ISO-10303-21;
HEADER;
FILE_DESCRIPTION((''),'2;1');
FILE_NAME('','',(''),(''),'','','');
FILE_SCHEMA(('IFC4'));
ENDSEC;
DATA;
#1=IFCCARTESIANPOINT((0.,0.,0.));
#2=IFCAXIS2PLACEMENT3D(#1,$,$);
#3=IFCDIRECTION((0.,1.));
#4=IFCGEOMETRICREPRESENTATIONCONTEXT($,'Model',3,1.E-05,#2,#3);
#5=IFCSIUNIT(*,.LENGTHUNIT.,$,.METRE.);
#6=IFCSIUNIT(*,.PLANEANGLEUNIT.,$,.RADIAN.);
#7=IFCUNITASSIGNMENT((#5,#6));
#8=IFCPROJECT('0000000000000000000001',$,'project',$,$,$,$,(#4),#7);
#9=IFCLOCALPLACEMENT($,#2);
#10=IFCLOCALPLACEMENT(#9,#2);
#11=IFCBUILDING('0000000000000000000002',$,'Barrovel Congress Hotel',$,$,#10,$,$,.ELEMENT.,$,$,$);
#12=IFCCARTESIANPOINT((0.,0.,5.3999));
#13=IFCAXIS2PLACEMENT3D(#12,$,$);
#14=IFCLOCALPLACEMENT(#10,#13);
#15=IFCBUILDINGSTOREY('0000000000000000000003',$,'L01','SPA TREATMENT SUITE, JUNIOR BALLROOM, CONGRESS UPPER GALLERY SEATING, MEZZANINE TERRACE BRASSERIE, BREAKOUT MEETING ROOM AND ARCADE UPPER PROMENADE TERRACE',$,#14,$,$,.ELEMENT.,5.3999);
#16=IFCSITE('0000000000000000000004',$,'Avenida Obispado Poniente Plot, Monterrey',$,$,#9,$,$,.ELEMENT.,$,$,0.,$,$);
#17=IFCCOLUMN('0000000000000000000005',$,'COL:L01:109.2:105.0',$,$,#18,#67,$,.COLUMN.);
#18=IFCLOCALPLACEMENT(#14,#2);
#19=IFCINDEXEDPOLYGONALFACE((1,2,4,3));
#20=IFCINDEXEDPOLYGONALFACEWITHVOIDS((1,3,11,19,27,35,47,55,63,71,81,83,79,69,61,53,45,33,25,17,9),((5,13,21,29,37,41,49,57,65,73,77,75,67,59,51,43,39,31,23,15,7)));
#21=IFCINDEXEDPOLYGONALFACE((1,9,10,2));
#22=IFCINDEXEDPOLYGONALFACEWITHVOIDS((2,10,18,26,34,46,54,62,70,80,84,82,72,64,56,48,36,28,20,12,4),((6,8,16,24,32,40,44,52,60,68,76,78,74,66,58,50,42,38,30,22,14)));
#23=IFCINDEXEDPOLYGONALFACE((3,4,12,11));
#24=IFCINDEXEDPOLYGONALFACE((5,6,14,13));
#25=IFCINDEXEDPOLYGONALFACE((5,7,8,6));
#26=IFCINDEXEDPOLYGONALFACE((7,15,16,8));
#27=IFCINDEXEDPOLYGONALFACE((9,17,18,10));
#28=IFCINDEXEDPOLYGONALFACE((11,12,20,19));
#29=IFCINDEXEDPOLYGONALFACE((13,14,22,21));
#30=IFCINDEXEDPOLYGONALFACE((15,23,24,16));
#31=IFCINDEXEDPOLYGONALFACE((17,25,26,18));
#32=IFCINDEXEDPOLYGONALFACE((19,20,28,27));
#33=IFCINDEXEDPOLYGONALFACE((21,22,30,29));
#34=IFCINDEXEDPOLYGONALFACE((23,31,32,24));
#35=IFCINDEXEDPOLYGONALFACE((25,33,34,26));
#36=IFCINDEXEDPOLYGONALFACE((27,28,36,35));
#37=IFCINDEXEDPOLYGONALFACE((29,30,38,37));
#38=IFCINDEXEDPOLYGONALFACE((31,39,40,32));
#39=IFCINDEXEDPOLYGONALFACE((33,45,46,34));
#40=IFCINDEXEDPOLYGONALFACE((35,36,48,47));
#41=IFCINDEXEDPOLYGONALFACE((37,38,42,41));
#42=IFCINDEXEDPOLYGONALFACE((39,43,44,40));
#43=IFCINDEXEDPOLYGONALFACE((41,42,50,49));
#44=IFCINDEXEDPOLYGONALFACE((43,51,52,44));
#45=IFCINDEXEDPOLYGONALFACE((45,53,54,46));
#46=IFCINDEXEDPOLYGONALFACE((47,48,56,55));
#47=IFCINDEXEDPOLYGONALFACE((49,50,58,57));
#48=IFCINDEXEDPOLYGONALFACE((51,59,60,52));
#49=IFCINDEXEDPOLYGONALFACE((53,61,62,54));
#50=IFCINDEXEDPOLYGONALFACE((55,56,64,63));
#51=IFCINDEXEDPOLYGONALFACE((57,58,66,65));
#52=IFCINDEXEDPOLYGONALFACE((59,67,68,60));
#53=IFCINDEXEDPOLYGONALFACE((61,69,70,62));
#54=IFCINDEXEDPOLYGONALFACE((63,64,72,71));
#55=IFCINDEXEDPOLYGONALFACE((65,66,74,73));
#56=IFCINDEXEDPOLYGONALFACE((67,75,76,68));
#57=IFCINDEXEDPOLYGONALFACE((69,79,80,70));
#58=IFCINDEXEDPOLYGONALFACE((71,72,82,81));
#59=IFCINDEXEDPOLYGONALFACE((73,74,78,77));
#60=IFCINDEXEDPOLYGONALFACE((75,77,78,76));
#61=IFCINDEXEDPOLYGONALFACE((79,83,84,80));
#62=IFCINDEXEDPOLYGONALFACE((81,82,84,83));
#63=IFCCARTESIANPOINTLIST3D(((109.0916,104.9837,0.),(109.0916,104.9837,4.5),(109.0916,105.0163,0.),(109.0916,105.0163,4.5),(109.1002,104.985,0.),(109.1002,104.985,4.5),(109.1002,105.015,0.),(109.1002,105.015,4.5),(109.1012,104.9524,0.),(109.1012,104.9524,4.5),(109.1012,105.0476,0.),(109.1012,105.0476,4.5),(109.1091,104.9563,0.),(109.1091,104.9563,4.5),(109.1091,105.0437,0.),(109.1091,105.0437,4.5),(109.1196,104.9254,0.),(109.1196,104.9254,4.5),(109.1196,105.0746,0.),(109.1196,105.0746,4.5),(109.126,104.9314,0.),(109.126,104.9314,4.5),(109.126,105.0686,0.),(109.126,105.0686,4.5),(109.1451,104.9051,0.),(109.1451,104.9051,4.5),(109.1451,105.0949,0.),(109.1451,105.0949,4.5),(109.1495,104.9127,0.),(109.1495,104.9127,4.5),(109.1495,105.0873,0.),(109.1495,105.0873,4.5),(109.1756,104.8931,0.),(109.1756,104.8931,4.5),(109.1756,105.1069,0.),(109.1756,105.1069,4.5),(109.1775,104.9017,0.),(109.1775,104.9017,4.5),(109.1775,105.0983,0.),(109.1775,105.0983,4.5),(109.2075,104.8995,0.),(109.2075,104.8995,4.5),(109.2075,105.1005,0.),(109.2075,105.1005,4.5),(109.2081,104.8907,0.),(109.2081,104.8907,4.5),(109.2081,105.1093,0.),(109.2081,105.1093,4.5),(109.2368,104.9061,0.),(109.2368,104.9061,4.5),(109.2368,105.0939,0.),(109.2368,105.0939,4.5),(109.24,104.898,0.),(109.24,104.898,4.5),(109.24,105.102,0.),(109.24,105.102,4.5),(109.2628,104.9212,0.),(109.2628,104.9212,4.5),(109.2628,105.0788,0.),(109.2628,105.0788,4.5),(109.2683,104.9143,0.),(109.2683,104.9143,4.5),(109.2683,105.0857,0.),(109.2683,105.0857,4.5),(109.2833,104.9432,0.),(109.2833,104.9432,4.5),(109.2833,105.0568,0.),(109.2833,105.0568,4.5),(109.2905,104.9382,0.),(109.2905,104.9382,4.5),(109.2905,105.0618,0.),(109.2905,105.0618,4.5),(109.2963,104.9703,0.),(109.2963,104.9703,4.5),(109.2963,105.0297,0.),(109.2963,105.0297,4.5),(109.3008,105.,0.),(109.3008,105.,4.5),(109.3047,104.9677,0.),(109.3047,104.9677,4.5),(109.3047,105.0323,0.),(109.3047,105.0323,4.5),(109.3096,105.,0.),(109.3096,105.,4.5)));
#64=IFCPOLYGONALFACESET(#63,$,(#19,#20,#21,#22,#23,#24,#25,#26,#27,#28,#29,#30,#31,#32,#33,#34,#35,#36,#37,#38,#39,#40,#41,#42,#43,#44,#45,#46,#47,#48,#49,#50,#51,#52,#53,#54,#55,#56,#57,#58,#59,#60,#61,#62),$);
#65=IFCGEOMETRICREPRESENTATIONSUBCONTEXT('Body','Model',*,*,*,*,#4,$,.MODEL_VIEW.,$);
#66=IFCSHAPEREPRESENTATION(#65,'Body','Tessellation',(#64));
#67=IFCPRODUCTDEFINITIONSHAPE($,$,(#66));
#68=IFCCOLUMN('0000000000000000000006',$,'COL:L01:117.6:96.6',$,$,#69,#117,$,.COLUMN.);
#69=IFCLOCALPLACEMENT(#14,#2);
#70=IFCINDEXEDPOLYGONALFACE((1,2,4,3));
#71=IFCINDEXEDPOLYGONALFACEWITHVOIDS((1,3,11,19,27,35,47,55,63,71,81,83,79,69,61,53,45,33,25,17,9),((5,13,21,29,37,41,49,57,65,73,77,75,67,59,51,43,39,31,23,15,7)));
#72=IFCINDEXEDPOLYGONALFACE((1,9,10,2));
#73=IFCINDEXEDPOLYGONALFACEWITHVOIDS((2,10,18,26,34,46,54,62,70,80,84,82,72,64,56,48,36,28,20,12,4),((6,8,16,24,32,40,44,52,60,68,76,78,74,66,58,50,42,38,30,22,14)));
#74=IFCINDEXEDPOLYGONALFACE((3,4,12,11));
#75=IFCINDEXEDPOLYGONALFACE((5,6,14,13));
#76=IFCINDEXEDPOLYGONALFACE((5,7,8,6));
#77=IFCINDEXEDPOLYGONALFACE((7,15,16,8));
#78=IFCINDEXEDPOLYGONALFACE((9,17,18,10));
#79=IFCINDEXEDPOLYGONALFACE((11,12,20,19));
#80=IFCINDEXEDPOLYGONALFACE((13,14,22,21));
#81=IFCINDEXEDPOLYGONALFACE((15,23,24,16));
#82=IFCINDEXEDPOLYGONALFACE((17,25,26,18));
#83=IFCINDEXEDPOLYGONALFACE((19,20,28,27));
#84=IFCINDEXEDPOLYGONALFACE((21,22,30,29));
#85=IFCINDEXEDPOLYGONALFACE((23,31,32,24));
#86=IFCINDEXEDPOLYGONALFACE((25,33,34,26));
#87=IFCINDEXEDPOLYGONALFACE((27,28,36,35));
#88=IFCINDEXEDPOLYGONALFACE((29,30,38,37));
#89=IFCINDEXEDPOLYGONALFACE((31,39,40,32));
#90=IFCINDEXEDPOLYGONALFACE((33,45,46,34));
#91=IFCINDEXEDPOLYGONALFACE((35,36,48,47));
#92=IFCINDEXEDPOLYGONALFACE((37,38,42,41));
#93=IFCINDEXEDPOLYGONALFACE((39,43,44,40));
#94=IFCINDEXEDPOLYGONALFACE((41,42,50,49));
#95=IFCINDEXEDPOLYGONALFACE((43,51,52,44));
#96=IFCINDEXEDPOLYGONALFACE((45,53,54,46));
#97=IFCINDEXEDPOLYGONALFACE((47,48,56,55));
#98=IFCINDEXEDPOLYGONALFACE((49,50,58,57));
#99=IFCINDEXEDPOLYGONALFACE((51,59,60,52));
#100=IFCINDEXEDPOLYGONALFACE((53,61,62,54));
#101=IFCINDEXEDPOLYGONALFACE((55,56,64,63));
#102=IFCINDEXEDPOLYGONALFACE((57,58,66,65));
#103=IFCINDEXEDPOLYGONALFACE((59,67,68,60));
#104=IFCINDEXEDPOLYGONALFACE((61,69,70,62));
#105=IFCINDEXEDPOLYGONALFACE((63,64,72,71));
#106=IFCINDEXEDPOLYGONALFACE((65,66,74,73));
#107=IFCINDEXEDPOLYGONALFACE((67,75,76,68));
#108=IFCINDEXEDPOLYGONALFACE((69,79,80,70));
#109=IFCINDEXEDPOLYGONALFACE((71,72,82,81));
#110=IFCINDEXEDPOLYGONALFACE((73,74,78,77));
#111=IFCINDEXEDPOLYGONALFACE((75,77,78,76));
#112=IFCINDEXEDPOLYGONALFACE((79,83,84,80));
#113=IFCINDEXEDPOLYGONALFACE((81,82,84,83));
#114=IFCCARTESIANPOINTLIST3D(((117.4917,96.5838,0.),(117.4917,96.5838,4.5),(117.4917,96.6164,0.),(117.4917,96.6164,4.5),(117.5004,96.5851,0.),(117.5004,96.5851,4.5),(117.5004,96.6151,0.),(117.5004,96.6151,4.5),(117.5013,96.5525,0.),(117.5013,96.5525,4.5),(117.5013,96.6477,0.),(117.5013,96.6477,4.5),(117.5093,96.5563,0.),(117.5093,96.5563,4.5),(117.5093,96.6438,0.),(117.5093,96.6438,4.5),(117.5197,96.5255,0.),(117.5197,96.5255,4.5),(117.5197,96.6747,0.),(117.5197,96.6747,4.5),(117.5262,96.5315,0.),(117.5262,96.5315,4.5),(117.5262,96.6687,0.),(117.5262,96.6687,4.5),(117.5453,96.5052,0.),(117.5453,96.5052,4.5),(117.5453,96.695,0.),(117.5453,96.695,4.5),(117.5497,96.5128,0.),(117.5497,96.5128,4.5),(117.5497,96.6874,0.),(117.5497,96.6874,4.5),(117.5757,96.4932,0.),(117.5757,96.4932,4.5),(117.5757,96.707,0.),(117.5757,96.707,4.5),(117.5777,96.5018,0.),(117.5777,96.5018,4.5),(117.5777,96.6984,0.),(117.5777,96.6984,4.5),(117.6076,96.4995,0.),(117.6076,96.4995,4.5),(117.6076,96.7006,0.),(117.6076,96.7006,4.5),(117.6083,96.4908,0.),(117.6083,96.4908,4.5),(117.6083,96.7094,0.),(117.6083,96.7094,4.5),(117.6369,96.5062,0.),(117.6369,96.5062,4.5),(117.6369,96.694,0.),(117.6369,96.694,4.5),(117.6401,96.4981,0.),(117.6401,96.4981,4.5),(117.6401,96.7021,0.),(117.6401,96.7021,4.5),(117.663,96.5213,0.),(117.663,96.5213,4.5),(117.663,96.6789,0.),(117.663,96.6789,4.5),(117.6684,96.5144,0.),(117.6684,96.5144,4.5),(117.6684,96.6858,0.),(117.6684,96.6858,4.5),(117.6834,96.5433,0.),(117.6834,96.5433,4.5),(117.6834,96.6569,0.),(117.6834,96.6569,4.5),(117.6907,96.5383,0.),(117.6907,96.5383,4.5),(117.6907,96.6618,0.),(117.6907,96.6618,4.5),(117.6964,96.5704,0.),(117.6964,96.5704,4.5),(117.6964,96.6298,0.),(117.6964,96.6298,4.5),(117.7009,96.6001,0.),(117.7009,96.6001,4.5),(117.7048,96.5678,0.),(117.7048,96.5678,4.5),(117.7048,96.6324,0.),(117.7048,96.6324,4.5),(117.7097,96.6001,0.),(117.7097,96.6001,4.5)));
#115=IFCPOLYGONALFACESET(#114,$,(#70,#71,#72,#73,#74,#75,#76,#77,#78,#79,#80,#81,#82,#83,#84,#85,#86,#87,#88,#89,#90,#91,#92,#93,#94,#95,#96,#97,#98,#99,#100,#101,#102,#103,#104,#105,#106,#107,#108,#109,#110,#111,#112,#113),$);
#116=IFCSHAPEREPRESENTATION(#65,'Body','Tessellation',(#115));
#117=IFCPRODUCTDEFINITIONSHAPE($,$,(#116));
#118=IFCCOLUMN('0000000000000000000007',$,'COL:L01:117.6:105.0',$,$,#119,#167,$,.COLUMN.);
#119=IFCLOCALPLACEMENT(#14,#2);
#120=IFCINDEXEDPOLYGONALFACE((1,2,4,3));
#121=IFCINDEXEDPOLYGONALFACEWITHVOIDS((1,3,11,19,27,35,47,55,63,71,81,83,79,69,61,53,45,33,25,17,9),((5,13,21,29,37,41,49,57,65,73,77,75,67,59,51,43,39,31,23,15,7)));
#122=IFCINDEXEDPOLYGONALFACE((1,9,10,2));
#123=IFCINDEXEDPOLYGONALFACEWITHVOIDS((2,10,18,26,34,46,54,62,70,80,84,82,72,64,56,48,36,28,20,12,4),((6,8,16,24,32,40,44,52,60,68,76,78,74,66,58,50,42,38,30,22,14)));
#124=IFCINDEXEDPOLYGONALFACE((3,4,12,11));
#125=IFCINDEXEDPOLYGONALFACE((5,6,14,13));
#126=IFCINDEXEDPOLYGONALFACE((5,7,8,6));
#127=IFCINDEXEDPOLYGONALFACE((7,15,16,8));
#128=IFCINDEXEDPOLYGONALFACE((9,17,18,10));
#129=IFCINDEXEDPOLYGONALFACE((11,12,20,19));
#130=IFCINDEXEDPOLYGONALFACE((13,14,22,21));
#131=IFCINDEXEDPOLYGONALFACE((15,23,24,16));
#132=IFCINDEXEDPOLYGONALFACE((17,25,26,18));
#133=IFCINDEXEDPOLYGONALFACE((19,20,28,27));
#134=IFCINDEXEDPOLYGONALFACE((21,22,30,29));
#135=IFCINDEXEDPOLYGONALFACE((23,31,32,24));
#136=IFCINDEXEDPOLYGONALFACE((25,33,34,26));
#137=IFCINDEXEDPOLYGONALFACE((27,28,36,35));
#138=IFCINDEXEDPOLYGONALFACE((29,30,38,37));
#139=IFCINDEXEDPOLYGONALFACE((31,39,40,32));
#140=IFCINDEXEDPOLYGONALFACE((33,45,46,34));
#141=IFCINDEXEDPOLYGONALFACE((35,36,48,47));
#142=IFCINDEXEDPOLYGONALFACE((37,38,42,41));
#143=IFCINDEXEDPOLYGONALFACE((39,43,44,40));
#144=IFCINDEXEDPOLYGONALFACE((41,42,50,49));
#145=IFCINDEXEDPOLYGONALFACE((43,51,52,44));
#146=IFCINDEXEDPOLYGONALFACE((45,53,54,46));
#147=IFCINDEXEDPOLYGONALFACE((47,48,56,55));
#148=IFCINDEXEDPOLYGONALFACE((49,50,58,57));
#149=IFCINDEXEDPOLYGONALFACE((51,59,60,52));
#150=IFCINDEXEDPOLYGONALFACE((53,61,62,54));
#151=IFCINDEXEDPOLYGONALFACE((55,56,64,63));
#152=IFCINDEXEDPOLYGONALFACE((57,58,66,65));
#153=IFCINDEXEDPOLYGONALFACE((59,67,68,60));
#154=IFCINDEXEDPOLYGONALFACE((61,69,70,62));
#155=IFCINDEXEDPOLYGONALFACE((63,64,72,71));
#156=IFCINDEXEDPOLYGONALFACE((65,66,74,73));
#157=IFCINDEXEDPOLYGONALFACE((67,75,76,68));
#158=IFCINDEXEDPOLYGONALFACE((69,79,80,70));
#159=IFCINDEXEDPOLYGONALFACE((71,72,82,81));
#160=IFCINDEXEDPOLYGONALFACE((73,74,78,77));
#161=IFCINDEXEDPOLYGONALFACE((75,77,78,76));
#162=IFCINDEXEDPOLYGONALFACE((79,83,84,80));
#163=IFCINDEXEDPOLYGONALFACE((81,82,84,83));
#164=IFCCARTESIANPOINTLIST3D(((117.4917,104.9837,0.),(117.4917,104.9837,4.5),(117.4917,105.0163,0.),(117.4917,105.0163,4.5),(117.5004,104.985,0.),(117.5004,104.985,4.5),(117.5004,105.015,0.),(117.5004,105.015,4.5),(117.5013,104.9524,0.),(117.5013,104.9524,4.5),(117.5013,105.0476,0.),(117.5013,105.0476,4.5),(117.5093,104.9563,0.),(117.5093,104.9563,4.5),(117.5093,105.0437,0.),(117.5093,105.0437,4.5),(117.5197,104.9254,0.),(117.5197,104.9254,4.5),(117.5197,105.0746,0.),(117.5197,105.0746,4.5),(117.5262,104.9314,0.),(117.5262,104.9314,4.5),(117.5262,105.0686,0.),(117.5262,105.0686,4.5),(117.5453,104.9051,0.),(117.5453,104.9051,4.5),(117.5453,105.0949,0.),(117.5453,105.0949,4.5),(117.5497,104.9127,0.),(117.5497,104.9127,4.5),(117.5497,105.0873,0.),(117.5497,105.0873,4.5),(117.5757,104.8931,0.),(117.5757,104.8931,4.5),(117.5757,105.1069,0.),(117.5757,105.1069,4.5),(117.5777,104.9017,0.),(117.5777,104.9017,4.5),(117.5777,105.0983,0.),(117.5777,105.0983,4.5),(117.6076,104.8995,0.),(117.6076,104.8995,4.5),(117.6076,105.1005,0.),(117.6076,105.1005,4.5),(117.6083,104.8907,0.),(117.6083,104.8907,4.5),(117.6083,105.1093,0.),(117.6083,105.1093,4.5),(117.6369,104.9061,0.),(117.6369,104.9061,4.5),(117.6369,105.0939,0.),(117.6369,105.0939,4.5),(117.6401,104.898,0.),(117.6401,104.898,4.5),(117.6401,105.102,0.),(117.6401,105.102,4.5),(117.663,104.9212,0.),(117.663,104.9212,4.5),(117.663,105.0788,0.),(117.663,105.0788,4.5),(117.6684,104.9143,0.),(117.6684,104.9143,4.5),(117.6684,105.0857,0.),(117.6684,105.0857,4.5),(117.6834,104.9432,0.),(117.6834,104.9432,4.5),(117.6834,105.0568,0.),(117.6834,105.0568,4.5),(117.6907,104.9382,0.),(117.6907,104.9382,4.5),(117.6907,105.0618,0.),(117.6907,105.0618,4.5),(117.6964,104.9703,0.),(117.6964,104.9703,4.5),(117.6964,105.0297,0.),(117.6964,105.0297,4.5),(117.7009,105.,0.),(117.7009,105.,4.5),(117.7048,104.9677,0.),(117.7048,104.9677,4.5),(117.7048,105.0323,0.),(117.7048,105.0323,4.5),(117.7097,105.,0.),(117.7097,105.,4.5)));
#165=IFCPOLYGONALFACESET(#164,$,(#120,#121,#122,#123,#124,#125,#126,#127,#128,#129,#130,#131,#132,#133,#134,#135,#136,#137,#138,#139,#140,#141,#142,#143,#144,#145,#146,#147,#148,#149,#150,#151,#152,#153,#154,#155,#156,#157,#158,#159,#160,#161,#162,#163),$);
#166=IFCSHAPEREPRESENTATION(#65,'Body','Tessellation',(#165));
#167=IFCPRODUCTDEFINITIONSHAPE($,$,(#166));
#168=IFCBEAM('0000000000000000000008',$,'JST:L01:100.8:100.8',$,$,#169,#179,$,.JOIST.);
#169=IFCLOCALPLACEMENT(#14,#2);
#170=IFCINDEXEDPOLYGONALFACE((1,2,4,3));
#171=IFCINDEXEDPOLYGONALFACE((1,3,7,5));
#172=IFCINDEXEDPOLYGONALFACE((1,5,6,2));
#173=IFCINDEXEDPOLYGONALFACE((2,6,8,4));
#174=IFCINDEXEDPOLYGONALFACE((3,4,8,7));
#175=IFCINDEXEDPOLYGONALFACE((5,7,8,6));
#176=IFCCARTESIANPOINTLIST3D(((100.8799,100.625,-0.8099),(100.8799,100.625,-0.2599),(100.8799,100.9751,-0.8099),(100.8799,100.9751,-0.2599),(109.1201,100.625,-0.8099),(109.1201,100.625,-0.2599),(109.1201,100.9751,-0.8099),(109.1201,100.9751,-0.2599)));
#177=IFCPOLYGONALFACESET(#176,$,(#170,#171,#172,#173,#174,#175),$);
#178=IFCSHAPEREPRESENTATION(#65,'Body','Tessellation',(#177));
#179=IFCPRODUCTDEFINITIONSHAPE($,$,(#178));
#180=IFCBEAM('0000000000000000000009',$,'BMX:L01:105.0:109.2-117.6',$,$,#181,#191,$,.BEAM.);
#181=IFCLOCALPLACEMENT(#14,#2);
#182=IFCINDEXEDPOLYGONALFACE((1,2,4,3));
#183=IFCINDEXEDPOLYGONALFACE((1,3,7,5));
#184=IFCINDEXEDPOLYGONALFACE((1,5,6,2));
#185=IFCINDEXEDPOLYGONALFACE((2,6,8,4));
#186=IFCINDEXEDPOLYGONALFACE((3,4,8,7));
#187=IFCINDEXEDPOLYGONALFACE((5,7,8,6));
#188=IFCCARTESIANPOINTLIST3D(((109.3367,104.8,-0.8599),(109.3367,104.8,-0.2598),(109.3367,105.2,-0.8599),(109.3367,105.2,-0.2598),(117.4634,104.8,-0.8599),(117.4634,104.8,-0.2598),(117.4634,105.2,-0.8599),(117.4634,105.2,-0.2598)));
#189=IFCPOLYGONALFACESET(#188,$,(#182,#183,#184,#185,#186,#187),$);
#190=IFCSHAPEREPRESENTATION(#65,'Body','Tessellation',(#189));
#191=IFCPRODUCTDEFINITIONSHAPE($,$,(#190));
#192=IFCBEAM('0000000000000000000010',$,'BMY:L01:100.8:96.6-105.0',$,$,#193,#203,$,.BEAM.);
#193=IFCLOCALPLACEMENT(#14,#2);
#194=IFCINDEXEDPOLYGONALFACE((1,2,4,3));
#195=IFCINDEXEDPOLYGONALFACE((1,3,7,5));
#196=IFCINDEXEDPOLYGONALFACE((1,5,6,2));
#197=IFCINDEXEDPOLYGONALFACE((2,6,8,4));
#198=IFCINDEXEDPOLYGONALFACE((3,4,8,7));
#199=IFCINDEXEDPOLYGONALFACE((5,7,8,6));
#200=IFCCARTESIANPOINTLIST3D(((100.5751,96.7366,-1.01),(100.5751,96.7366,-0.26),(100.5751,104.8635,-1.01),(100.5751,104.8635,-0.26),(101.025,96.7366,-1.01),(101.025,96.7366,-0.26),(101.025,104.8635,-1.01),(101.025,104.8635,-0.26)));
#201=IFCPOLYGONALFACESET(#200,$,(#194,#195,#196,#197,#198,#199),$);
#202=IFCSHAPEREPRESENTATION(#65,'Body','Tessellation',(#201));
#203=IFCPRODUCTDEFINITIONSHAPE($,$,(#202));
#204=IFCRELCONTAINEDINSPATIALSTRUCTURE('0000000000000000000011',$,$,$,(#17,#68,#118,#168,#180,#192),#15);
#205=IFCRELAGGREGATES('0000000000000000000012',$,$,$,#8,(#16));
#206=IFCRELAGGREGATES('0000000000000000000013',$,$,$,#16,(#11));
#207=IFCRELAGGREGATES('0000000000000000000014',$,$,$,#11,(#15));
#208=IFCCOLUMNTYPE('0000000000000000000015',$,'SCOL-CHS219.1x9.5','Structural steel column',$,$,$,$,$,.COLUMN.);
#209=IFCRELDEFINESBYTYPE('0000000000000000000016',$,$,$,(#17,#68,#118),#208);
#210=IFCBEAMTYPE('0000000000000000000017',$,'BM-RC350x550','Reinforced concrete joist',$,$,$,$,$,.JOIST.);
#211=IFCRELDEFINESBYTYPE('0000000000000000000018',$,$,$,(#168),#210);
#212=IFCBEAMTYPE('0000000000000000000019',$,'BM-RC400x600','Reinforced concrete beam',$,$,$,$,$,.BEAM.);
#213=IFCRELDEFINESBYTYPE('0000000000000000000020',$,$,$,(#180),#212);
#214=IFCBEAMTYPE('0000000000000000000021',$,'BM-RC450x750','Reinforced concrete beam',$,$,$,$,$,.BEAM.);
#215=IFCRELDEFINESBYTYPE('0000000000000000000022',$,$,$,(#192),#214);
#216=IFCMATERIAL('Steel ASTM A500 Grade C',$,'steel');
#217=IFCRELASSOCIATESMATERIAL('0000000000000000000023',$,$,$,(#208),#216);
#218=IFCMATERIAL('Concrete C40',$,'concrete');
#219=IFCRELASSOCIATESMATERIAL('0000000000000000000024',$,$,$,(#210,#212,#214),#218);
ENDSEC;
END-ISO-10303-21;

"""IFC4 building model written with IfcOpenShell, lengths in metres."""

from ifc_helpers import new_model, si_unit, direction, frame, origin, origin_2d, place, context, subcontext, project, spatial, rectangle, hollow_circle, extrude, material, material_profile, profile_set, type_object, element, save


model = new_model("IFC4")

# Units and contexts
model_context = context("Model", 3, precision=1e-05, world=origin(), true_north=direction((0.0, 1.0)))
body_context = subcontext(model_context, "Body", "Model", "MODEL_VIEW")
ifc_project = project(units=[si_unit("LENGTHUNIT", "METRE"), si_unit("PLANEANGLEUNIT", "RADIAN")], contexts=[model_context])

# Site, building, storey
site_placement = place(None, origin())
site = spatial("IfcSite", under=ifc_project, at=site_placement, Name="Avenida Obispado Poniente Plot, Monterrey", CompositionType="ELEMENT", RefElevation=0.0)
building_placement = place(site_placement, origin())
building = spatial("IfcBuilding", under=site, at=building_placement, Name="Barrovel Congress Hotel", CompositionType="ELEMENT")
storey_placement = place(building_placement, frame((0.0, 0.0, 5.3999)))
storey = spatial("IfcBuildingStorey", under=building, at=storey_placement, Name="L01", Description="SPA TREATMENT SUITE, JUNIOR BALLROOM, CONGRESS UPPER GALLERY SEATING, MEZZANINE TERRACE BRASSERIE, BREAKOUT MEETING ROOM AND ARCADE UPPER PROMENADE TERRACE", CompositionType="ELEMENT", Elevation=5.3999)

# Columns
ifc_material_1 = material(Name="Concrete C40", Category="concrete")
ifc_material_2 = material(Name="Steel ASTM A500 Grade C", Category="steel")
ifc_material_profile_1 = material_profile(ifc_material_2, hollow_circle(Radius=0.1096, WallThickness=0.0088, at=origin_2d()), Name="CHS219.1x9.5")
ifc_profile_set_1 = profile_set([ifc_material_profile_1], Name="Steel ASTM A500 Grade C")
column_type_1 = type_object("IfcColumnType", Name="SCOL-CHS219.1x9.5", Description="Structural steel column", PredefinedType="COLUMN", material=ifc_profile_set_1)
for number, where, z_axis, x_axis, name in (
    (1, (109.2, 105.0, 0.0), (0.0, 0.0, 1.0), (1.0, 0.0, 0.0), "COL:L01:109.2:105.0"),
    (2, (117.6001, 96.6001, 0.0), (0.0, 0.0, 1.0), (1.0, 0.0, 0.0), "COL:L01:117.6:96.6"),
    (3, (117.6001, 105.0, 0.0), (0.0, 0.0, 1.0), (1.0, 0.0, 0.0), "COL:L01:117.6:105.0"),
):
    element("IfcColumn", number, at=place(storey_placement, frame(where, z_axis=z_axis, x_axis=x_axis)), inside=storey, type_object=column_type_1, Name=name, PredefinedType="COLUMN", context=body_context, shape_type="SweptSolid", body=[
        extrude(hollow_circle(Radius=0.1096, WallThickness=0.0088, at=origin_2d()), origin(), (0.0, 0.0, 1.0), 4.5),
    ])

# Beams
ifc_material_profile_2 = material_profile(ifc_material_1, rectangle(XDim=0.3501, YDim=0.55, at=origin_2d()), Name="RC350x550")
ifc_profile_set_2 = profile_set([ifc_material_profile_2], Name="Concrete C40")
beam_type_1 = type_object("IfcBeamType", Name="BM-RC350x550", Description="Reinforced concrete joist", PredefinedType="JOIST", material=ifc_profile_set_2)
beam_1_placement = place(storey_placement, frame((100.8799, 100.8, -0.5349), z_axis=(1.0, 0.0, 0.0), x_axis=(0.0, 1.0, 0.0)))
element("IfcBeam", 4, at=beam_1_placement, inside=storey, type_object=beam_type_1, Name="JST:L01:100.8:100.8", PredefinedType="JOIST", context=body_context, shape_type="SweptSolid", body=[
    extrude(rectangle(XDim=0.3501, YDim=0.55, at=origin_2d()), origin(), (0.0, 0.0, 1.0), 8.2402),
])
ifc_material_profile_3 = material_profile(ifc_material_1, rectangle(XDim=0.3999, YDim=0.6001, at=origin_2d()), Name="RC400x600")
ifc_profile_set_3 = profile_set([ifc_material_profile_3], Name="Concrete C40")
beam_type_2 = type_object("IfcBeamType", Name="BM-RC400x600", Description="Reinforced concrete beam", PredefinedType="BEAM", material=ifc_profile_set_3)
beam_2_placement = place(storey_placement, frame((109.3367, 105.0, -0.5598), z_axis=(1.0, 0.0, 0.0), x_axis=(0.0, 1.0, 0.0)))
element("IfcBeam", 5, at=beam_2_placement, inside=storey, type_object=beam_type_2, Name="BMX:L01:105.0:109.2-117.6", PredefinedType="BEAM", context=body_context, shape_type="SweptSolid", body=[
    extrude(rectangle(XDim=0.3999, YDim=0.6001, at=origin_2d()), origin(), (0.0, 0.0, 1.0), 8.1267),
])
ifc_material_profile_4 = material_profile(ifc_material_1, rectangle(XDim=0.45, YDim=0.75, at=origin_2d()), Name="RC450x750")
ifc_profile_set_4 = profile_set([ifc_material_profile_4], Name="Concrete C40")
beam_type_3 = type_object("IfcBeamType", Name="BM-RC450x750", Description="Reinforced concrete beam", PredefinedType="BEAM", material=ifc_profile_set_4)
beam_3_placement = place(storey_placement, frame((100.8, 96.7366, -0.635), z_axis=(0.0, 1.0, 0.0), x_axis=(-1.0, 0.0, 0.0)))
element("IfcBeam", 6, at=beam_3_placement, inside=storey, type_object=beam_type_3, Name="BMY:L01:100.8:96.6-105.0", PredefinedType="BEAM", context=body_context, shape_type="SweptSolid", body=[
    extrude(rectangle(XDim=0.45, YDim=0.75, at=origin_2d()), origin(), (0.0, 0.0, 1.0), 8.127),
])

save(model, "model.ifc")
